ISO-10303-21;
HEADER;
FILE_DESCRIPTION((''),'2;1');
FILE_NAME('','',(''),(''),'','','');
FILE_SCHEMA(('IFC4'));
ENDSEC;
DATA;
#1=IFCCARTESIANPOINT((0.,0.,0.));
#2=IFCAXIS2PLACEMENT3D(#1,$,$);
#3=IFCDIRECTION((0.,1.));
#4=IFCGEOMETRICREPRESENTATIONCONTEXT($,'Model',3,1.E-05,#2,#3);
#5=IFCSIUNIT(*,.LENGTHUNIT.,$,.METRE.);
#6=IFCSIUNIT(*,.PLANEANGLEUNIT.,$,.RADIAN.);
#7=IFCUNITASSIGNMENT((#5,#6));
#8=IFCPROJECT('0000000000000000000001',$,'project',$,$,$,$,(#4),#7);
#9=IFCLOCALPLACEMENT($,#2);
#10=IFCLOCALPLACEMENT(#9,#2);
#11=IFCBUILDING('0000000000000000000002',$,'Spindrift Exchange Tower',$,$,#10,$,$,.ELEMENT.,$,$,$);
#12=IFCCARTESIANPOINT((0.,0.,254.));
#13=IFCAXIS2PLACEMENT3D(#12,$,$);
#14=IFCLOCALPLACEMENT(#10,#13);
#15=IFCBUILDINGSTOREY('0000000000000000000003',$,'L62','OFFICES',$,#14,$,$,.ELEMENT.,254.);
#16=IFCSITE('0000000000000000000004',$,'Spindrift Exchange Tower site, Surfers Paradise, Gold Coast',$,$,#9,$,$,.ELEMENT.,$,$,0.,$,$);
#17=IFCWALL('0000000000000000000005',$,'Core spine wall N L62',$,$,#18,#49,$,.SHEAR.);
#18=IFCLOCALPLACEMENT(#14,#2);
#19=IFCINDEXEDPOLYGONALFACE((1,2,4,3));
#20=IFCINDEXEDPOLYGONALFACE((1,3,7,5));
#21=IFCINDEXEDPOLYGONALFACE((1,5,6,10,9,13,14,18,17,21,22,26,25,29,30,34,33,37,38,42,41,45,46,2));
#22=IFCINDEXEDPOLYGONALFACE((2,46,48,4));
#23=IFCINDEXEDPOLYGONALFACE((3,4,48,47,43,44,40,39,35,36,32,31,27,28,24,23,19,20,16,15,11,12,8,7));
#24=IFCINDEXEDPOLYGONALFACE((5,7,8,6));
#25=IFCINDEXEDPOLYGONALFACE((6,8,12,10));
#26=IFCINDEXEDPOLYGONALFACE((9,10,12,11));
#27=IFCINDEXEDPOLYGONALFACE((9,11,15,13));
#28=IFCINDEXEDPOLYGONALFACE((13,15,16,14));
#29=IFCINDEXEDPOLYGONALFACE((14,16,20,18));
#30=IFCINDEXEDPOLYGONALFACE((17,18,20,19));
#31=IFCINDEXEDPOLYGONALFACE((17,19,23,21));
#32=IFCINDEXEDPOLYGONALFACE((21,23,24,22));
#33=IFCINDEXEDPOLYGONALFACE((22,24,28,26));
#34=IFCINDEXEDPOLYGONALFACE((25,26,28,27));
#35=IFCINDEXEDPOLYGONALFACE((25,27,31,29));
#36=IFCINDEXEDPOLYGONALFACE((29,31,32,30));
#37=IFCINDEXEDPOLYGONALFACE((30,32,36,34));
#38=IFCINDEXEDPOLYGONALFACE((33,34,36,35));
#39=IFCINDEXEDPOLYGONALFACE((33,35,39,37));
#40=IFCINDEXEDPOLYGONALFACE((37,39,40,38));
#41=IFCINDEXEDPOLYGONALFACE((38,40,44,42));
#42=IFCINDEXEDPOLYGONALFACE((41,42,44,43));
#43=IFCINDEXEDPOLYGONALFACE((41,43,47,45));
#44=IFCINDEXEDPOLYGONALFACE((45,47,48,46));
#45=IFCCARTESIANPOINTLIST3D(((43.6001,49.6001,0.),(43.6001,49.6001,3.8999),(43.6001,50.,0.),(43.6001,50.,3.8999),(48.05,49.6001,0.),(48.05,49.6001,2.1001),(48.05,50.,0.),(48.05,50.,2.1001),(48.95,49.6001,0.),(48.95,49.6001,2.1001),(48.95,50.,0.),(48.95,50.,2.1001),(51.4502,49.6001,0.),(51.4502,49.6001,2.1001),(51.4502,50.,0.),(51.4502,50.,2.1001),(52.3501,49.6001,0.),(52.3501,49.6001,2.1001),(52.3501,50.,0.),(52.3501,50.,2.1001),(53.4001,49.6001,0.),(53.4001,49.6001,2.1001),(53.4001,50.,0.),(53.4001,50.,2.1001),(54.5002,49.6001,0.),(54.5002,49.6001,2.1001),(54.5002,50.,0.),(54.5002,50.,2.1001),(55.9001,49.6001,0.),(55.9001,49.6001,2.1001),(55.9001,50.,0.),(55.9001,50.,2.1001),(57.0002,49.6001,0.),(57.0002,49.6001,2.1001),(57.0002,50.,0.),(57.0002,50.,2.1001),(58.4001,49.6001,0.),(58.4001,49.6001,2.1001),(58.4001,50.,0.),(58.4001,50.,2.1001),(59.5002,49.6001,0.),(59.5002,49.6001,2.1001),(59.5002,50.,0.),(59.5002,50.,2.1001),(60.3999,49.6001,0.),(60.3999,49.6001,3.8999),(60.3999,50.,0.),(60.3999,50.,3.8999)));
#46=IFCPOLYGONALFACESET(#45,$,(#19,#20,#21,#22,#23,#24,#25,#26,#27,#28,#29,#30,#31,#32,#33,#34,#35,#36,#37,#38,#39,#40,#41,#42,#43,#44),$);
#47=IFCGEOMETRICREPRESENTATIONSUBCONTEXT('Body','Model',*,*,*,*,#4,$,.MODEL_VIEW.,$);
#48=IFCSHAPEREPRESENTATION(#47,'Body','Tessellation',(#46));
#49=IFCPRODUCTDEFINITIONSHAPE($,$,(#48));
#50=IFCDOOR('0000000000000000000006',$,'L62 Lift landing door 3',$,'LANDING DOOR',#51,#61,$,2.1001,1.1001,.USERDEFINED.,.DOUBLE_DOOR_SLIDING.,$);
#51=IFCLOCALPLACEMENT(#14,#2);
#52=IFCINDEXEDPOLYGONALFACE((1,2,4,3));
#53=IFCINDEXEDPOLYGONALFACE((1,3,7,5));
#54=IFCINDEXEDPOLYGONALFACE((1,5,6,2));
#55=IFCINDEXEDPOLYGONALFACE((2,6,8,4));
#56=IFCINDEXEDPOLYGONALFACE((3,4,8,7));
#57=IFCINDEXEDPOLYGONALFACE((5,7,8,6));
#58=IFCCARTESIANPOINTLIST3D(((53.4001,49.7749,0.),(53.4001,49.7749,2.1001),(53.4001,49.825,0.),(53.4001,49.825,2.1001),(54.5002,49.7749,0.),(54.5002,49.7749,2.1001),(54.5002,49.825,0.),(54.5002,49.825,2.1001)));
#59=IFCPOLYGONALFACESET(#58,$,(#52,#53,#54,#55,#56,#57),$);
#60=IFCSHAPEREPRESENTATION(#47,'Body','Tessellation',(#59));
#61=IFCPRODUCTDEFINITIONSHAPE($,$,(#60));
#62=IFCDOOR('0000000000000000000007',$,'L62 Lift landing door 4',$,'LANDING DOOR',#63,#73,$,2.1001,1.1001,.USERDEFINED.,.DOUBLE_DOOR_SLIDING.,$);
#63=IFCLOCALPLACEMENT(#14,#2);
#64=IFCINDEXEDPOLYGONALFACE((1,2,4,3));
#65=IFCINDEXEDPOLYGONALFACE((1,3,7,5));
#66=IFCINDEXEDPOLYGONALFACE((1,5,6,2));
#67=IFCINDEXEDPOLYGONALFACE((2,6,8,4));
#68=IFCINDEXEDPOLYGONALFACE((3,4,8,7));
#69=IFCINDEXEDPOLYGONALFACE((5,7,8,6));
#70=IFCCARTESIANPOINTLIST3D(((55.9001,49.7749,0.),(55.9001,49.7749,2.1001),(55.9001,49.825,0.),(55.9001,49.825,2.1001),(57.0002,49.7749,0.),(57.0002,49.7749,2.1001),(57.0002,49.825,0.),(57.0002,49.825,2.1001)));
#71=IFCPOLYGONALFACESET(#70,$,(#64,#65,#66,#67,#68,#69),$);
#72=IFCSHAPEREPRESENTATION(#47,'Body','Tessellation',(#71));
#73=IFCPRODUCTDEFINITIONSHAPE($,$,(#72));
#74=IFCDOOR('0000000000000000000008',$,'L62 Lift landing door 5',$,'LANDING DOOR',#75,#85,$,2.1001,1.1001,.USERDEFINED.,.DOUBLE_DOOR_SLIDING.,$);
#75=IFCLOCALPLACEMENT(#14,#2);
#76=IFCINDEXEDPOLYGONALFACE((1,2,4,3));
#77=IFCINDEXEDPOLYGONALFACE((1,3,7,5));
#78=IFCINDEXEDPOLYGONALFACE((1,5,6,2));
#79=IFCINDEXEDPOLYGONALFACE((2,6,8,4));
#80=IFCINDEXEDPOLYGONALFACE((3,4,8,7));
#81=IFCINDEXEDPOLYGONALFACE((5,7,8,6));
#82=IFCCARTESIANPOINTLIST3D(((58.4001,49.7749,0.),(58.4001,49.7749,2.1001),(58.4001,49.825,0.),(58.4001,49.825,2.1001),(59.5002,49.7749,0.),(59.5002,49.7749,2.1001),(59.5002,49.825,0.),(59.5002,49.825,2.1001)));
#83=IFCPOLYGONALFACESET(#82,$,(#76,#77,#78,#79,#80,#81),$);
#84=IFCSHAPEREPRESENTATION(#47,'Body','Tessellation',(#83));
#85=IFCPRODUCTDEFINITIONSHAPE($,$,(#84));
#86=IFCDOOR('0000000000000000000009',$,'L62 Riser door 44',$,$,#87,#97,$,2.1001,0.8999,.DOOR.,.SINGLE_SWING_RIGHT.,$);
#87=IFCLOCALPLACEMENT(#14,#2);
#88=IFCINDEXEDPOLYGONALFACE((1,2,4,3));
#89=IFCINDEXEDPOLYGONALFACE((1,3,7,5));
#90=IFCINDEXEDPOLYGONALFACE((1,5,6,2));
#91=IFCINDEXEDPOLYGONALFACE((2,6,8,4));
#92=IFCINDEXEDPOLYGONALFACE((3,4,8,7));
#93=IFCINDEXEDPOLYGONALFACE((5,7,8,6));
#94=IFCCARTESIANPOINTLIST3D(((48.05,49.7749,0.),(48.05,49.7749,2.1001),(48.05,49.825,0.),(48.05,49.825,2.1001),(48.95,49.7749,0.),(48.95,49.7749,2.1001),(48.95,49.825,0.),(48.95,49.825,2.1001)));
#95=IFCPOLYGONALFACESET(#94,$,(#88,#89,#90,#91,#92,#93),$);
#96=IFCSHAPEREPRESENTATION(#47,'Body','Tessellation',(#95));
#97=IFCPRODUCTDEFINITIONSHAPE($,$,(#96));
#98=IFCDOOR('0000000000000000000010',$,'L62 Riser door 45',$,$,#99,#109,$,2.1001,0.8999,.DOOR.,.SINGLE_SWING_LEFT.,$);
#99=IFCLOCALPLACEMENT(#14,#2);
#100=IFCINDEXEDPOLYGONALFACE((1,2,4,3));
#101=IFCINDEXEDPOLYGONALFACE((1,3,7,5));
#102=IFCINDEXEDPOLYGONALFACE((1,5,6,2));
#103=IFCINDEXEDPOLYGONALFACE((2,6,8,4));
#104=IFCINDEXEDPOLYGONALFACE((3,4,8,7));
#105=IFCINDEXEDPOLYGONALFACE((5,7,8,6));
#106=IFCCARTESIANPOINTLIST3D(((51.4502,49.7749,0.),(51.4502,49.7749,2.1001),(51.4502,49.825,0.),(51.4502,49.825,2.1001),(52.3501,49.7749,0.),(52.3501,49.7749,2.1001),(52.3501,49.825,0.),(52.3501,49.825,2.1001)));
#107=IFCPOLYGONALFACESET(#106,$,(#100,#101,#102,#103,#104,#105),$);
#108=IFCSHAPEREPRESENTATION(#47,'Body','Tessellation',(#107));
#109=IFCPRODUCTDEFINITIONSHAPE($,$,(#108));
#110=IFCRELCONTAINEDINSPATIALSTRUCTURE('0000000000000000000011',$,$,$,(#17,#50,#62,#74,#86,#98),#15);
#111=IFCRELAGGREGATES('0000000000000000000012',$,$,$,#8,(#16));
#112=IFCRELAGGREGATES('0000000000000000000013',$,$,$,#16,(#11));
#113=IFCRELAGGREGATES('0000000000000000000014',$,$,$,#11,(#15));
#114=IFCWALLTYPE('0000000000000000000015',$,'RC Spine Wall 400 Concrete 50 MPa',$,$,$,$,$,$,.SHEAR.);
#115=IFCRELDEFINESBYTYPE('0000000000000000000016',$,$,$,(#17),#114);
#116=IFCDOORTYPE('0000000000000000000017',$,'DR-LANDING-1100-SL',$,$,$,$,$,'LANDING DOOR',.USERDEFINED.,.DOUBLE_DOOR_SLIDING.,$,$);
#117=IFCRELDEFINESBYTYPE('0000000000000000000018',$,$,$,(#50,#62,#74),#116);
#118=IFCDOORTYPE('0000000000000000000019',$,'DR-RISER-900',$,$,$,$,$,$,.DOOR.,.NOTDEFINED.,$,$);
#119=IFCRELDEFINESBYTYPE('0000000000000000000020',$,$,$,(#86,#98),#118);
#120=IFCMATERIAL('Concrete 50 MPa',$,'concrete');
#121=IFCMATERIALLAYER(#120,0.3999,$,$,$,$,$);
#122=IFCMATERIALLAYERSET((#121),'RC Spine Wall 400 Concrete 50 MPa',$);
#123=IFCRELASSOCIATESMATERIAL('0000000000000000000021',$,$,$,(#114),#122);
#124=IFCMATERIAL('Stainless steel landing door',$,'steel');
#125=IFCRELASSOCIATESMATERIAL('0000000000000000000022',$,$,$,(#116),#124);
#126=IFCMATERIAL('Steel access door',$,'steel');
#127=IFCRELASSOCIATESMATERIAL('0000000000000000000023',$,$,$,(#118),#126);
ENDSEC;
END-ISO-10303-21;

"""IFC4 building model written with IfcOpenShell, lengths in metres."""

from ifc_helpers import new_model, si_unit, direction, frame, frame_2d, origin, place, context, subcontext, project, spatial, rectangle, extrude, source, transform, mapped, material, layer, layer_set, type_object, element, fill, save


model = new_model("IFC4")

# Units and contexts
model_context = context("Model", 3, precision=1e-05, world=origin(), true_north=direction((0.0, 1.0)))
body_context = subcontext(model_context, "Body", "Model", "MODEL_VIEW")
ifc_project = project(units=[si_unit("LENGTHUNIT", "METRE"), si_unit("PLANEANGLEUNIT", "RADIAN")], contexts=[model_context])

# Site, building, storey
site_placement = place(None, origin())
site = spatial("IfcSite", under=ifc_project, at=site_placement, Name="Spindrift Exchange Tower site, Surfers Paradise, Gold Coast", CompositionType="ELEMENT", RefElevation=0.0)
building_placement = place(site_placement, origin())
building = spatial("IfcBuilding", under=site, at=building_placement, Name="Spindrift Exchange Tower", CompositionType="ELEMENT")
storey_placement = place(building_placement, frame((0.0, 0.0, 254.0)))
storey = spatial("IfcBuildingStorey", under=building, at=storey_placement, Name="L62", Description="OFFICES", CompositionType="ELEMENT", Elevation=254.0)

# Wall, openings, doors
ifc_material_1 = material(Name="Concrete 50 MPa", Category="concrete")
ifc_layer_1 = layer(ifc_material_1, 0.3999)
ifc_layer_set_1 = layer_set([ifc_layer_1], Name="RC Spine Wall 400 Concrete 50 MPa")
wall_type_1 = type_object("IfcWallType", Name="RC Spine Wall 400 Concrete 50 MPa", PredefinedType="SHEAR", material=ifc_layer_set_1)
wall_1_placement = place(storey_placement, frame((43.6001, 49.8, 0.0), z_axis=(0.0, 0.0, 1.0), x_axis=(1.0, 0.0, 0.0)))
wall_1 = element("IfcWall", 1, at=wall_1_placement, inside=storey, type_object=wall_type_1, Name="Core spine wall N L62", PredefinedType="SHEAR", context=body_context, shape_type="SweptSolid", body=[
    extrude(rectangle(XDim=16.7998, YDim=0.3999, at=frame_2d((8.3999, 0.0))), origin(), (0.0, 0.0, 1.0), 3.8999),
])
opening_1_placement = place(wall_1_placement, frame((9.8, 0.0, 0.0)))
opening_1 = element("IfcOpeningElement", 2, at=opening_1_placement, cuts=wall_1, PredefinedType="OPENING", context=body_context, shape_type="SweptSolid", body=[
    extrude(rectangle(XDim=1.1001, YDim=2.1001, at=frame_2d((0.55, 1.05))), frame((0.0, 0.21, 0.0), z_axis=(0.0, -1.0, 0.0), x_axis=(1.0, 0.0, 0.0)), (0.0, 0.0, 1.0), 0.4199),
])
opening_2_placement = place(wall_1_placement, frame((12.3, 0.0, 0.0)))
opening_2 = element("IfcOpeningElement", 3, at=opening_2_placement, cuts=wall_1, PredefinedType="OPENING", context=body_context, shape_type="SweptSolid", body=[
    extrude(rectangle(XDim=1.1001, YDim=2.1001, at=frame_2d((0.55, 1.05))), frame((0.0, 0.21, 0.0), z_axis=(0.0, -1.0, 0.0), x_axis=(1.0, 0.0, 0.0)), (0.0, 0.0, 1.0), 0.4199),
])
opening_3_placement = place(wall_1_placement, frame((14.8, 0.0, 0.0)))
opening_3 = element("IfcOpeningElement", 4, at=opening_3_placement, cuts=wall_1, PredefinedType="OPENING", context=body_context, shape_type="SweptSolid", body=[
    extrude(rectangle(XDim=1.1001, YDim=2.1001, at=frame_2d((0.55, 1.05))), frame((0.0, 0.21, 0.0), z_axis=(0.0, -1.0, 0.0), x_axis=(1.0, 0.0, 0.0)), (0.0, 0.0, 1.0), 0.4199),
])
opening_4_placement = place(wall_1_placement, frame((4.45, 0.0, 0.0)))
opening_4 = element("IfcOpeningElement", 5, at=opening_4_placement, cuts=wall_1, PredefinedType="OPENING", context=body_context, shape_type="SweptSolid", body=[
    extrude(rectangle(XDim=0.8999, YDim=2.1001, at=frame_2d((0.45, 1.05))), frame((0.0, 0.21, 0.0), z_axis=(0.0, -1.0, 0.0), x_axis=(1.0, 0.0, 0.0)), (0.0, 0.0, 1.0), 0.4199),
])
opening_5_placement = place(wall_1_placement, frame((7.8501, 0.0, 0.0)))
opening_5 = element("IfcOpeningElement", 6, at=opening_5_placement, cuts=wall_1, PredefinedType="OPENING", context=body_context, shape_type="SweptSolid", body=[
    extrude(rectangle(XDim=0.8999, YDim=2.1001, at=frame_2d((0.45, 1.05))), frame((0.0, 0.21, 0.0), z_axis=(0.0, -1.0, 0.0), x_axis=(1.0, 0.0, 0.0)), (0.0, 0.0, 1.0), 0.4199),
])
ifc_material_2 = material(Name="Stainless steel landing door", Category="steel")
door_type_1 = type_object("IfcDoorType", Name="DR-LANDING-1100-SL", ElementType="LANDING DOOR", OperationType="DOUBLE_DOOR_SLIDING", PredefinedType="USERDEFINED", material=ifc_material_2)
shared_shape_1 = source(origin(), body_context, "Body", "SweptSolid", [
    extrude(rectangle(XDim=1.1001, YDim=2.1001, at=frame_2d((0.55, 1.05))), frame((0.0, 0.0249, 0.0), z_axis=(0.0, -1.0, 0.0), x_axis=(1.0, 0.0, 0.0)), (0.0, 0.0, 1.0), 0.05),
])
door_1_placement = place(opening_1_placement, origin())
door_1 = element("IfcDoor", 7, at=door_1_placement, inside=storey, type_object=door_type_1, Name="L62 Lift landing door 3", ObjectType="LANDING DOOR", OperationType="DOUBLE_DOOR_SLIDING", OverallHeight=2.1001, OverallWidth=1.1001, PredefinedType="USERDEFINED", context=body_context, shape_type="MappedRepresentation", body=[
    mapped(shared_shape_1, transform((0.0, 0.0, 0.0), scale=1.0)),
])
fill(opening_1, door_1)
door_2_placement = place(opening_2_placement, origin())
door_2 = element("IfcDoor", 8, at=door_2_placement, inside=storey, type_object=door_type_1, Name="L62 Lift landing door 4", ObjectType="LANDING DOOR", OperationType="DOUBLE_DOOR_SLIDING", OverallHeight=2.1001, OverallWidth=1.1001, PredefinedType="USERDEFINED", context=body_context, shape_type="MappedRepresentation", body=[
    mapped(shared_shape_1, transform((0.0, 0.0, 0.0), scale=1.0)),
])
fill(opening_2, door_2)
door_3_placement = place(opening_3_placement, origin())
door_3 = element("IfcDoor", 9, at=door_3_placement, inside=storey, type_object=door_type_1, Name="L62 Lift landing door 5", ObjectType="LANDING DOOR", OperationType="DOUBLE_DOOR_SLIDING", OverallHeight=2.1001, OverallWidth=1.1001, PredefinedType="USERDEFINED", context=body_context, shape_type="MappedRepresentation", body=[
    mapped(shared_shape_1, transform((0.0, 0.0, 0.0), scale=1.0)),
])
fill(opening_3, door_3)
ifc_material_3 = material(Name="Steel access door", Category="steel")
door_type_2 = type_object("IfcDoorType", Name="DR-RISER-900", OperationType="NOTDEFINED", PredefinedType="DOOR", material=ifc_material_3)
shared_shape_2 = source(origin(), body_context, "Body", "SweptSolid", [
    extrude(rectangle(XDim=0.8999, YDim=2.1001, at=frame_2d((0.45, 1.05))), frame((0.0, 0.0249, 0.0), z_axis=(0.0, -1.0, 0.0), x_axis=(1.0, 0.0, 0.0)), (0.0, 0.0, 1.0), 0.05),
])
door_4_placement = place(opening_4_placement, origin())
door_4 = element("IfcDoor", 10, at=door_4_placement, inside=storey, type_object=door_type_2, Name="L62 Riser door 44", OperationType="SINGLE_SWING_RIGHT", OverallHeight=2.1001, OverallWidth=0.8999, PredefinedType="DOOR", context=body_context, shape_type="MappedRepresentation", body=[
    mapped(shared_shape_2, transform((0.0, 0.0, 0.0), scale=1.0)),
])
fill(opening_4, door_4)
door_5_placement = place(opening_5_placement, origin())
door_5 = element("IfcDoor", 11, at=door_5_placement, inside=storey, type_object=door_type_2, Name="L62 Riser door 45", OperationType="SINGLE_SWING_LEFT", OverallHeight=2.1001, OverallWidth=0.8999, PredefinedType="DOOR", context=body_context, shape_type="MappedRepresentation", body=[
    mapped(shared_shape_2, transform((0.0, 0.0, 0.0), scale=1.0)),
])
fill(opening_5, door_5)

save(model, "model.ifc")
